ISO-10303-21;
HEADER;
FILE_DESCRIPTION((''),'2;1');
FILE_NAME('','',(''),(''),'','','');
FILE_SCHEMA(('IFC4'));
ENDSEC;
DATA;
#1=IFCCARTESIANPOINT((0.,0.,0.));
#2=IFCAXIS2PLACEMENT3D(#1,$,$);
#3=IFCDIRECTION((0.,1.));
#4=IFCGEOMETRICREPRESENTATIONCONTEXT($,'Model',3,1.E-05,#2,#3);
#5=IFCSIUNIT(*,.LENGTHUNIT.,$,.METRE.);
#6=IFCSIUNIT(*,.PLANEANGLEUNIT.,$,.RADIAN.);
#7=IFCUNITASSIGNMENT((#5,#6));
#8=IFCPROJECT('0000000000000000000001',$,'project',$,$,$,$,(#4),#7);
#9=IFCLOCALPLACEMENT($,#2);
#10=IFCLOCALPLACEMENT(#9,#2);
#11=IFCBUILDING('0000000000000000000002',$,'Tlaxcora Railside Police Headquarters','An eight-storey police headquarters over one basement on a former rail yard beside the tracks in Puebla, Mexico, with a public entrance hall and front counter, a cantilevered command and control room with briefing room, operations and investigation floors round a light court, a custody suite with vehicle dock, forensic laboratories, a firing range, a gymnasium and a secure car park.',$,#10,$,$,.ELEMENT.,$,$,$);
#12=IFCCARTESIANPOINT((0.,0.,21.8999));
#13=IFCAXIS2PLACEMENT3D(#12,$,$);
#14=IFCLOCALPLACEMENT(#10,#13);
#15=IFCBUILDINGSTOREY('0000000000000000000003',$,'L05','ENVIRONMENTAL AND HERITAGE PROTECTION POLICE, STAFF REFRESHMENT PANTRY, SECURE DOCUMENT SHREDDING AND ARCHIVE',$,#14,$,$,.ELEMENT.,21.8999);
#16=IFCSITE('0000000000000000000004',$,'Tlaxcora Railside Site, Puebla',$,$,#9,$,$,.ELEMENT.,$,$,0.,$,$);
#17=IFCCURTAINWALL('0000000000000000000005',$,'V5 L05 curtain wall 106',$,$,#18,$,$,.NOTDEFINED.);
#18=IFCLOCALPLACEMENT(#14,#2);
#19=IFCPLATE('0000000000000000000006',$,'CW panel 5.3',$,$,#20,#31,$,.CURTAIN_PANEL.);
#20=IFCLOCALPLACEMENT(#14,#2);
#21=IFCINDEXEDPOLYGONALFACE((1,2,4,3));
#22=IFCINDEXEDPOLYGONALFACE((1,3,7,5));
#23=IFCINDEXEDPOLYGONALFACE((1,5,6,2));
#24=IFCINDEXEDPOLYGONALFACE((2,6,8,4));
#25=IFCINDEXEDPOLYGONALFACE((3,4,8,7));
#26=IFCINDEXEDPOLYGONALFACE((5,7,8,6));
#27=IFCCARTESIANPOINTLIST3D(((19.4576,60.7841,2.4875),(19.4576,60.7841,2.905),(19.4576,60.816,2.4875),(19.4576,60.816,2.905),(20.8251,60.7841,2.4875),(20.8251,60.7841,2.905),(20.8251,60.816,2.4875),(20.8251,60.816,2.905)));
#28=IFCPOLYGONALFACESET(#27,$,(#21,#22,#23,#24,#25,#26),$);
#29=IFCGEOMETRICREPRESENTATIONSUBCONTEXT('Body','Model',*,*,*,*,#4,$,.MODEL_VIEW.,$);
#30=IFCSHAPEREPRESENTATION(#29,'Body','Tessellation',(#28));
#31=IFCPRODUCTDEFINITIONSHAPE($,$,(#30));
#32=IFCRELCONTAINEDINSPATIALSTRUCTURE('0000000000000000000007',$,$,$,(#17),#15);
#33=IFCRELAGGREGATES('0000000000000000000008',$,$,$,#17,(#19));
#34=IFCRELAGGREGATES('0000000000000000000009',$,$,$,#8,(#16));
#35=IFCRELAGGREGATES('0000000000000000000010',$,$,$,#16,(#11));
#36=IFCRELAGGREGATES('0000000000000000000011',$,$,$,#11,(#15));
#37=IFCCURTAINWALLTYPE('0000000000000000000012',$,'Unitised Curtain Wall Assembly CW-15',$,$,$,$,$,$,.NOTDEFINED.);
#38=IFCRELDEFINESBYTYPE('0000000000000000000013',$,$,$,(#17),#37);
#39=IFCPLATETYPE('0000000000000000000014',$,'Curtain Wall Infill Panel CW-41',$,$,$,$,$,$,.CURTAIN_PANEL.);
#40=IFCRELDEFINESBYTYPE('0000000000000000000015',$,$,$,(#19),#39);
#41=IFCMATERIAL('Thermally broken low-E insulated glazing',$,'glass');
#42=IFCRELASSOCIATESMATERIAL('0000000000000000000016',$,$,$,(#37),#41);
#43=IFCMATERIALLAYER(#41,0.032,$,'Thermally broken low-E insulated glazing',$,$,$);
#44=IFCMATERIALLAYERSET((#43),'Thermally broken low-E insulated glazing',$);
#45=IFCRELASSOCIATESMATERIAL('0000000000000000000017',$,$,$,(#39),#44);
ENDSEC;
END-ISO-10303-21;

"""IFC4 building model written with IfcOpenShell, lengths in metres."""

from ifc_helpers import new_model, si_unit, direction, frame, origin, origin_2d, place, context, subcontext, project, spatial, rectangle, extrude, material, layer, layer_set, type_object, element, aggregate, save


model = new_model("IFC4")

# Units and contexts
model_context = context("Model", 3, precision=1e-05, world=origin(), true_north=direction((0.0, 1.0)))
body_context = subcontext(model_context, "Body", "Model", "MODEL_VIEW")
ifc_project = project(units=[si_unit("LENGTHUNIT", "METRE"), si_unit("PLANEANGLEUNIT", "RADIAN")], contexts=[model_context])

# Site, building, storey
site_placement = place(None, origin())
site = spatial("IfcSite", under=ifc_project, at=site_placement, Name="Tlaxcora Railside Site, Puebla", CompositionType="ELEMENT", RefElevation=0.0)
building_placement = place(site_placement, origin())
building = spatial("IfcBuilding", under=site, at=building_placement, Name="Tlaxcora Railside Police Headquarters", Description="An eight-storey police headquarters over one basement on a former rail yard beside the tracks in Puebla, Mexico, with a public entrance hall and front counter, a cantilevered command and control room with briefing room, operations and investigation floors round a light court, a custody suite with vehicle dock, forensic laboratories, a firing range, a gymnasium and a secure car park.", CompositionType="ELEMENT")
storey_placement = place(building_placement, frame((0.0, 0.0, 21.8999)))
storey = spatial("IfcBuildingStorey", under=building, at=storey_placement, Name="L05", Description="ENVIRONMENTAL AND HERITAGE PROTECTION POLICE, STAFF REFRESHMENT PANTRY, SECURE DOCUMENT SHREDDING AND ARCHIVE", CompositionType="ELEMENT", Elevation=21.8999)

# Curtain wall, plate
ifc_material_1 = material(Name="Thermally broken low-E insulated glazing", Category="glass")
curtain_wall_type = type_object("IfcCurtainWallType", Name="Unitised Curtain Wall Assembly CW-15", PredefinedType="NOTDEFINED", material=ifc_material_1)
curtain_wall_placement = place(storey_placement, origin())
curtain_wall = element("IfcCurtainWall", 1, at=curtain_wall_placement, inside=storey, type_object=curtain_wall_type, Name="V5 L05 curtain wall 106", PredefinedType="NOTDEFINED")
ifc_layer = layer(ifc_material_1, 0.032, Name="Thermally broken low-E insulated glazing")
ifc_layer_set = layer_set([ifc_layer], Name="Thermally broken low-E insulated glazing")
plate_type = type_object("IfcPlateType", Name="Curtain Wall Infill Panel CW-41", PredefinedType="CURTAIN_PANEL", material=ifc_layer_set)
plate_1_placement = place(storey_placement, frame((20.1414, 60.8, 2.4875), z_axis=(0.0, 0.0, 1.0), x_axis=(1.0, 0.0, 0.0)))
plate_1 = element("IfcPlate", 2, at=plate_1_placement, type_object=plate_type, Name="CW panel 5.3", PredefinedType="CURTAIN_PANEL", context=body_context, shape_type="SweptSolid", body=[
    extrude(rectangle(XDim=1.3674, YDim=0.032, at=origin_2d()), origin(), (0.0, 0.0, 1.0), 0.4175),
])
aggregate(curtain_wall, [plate_1])

save(model, "model.ifc")
